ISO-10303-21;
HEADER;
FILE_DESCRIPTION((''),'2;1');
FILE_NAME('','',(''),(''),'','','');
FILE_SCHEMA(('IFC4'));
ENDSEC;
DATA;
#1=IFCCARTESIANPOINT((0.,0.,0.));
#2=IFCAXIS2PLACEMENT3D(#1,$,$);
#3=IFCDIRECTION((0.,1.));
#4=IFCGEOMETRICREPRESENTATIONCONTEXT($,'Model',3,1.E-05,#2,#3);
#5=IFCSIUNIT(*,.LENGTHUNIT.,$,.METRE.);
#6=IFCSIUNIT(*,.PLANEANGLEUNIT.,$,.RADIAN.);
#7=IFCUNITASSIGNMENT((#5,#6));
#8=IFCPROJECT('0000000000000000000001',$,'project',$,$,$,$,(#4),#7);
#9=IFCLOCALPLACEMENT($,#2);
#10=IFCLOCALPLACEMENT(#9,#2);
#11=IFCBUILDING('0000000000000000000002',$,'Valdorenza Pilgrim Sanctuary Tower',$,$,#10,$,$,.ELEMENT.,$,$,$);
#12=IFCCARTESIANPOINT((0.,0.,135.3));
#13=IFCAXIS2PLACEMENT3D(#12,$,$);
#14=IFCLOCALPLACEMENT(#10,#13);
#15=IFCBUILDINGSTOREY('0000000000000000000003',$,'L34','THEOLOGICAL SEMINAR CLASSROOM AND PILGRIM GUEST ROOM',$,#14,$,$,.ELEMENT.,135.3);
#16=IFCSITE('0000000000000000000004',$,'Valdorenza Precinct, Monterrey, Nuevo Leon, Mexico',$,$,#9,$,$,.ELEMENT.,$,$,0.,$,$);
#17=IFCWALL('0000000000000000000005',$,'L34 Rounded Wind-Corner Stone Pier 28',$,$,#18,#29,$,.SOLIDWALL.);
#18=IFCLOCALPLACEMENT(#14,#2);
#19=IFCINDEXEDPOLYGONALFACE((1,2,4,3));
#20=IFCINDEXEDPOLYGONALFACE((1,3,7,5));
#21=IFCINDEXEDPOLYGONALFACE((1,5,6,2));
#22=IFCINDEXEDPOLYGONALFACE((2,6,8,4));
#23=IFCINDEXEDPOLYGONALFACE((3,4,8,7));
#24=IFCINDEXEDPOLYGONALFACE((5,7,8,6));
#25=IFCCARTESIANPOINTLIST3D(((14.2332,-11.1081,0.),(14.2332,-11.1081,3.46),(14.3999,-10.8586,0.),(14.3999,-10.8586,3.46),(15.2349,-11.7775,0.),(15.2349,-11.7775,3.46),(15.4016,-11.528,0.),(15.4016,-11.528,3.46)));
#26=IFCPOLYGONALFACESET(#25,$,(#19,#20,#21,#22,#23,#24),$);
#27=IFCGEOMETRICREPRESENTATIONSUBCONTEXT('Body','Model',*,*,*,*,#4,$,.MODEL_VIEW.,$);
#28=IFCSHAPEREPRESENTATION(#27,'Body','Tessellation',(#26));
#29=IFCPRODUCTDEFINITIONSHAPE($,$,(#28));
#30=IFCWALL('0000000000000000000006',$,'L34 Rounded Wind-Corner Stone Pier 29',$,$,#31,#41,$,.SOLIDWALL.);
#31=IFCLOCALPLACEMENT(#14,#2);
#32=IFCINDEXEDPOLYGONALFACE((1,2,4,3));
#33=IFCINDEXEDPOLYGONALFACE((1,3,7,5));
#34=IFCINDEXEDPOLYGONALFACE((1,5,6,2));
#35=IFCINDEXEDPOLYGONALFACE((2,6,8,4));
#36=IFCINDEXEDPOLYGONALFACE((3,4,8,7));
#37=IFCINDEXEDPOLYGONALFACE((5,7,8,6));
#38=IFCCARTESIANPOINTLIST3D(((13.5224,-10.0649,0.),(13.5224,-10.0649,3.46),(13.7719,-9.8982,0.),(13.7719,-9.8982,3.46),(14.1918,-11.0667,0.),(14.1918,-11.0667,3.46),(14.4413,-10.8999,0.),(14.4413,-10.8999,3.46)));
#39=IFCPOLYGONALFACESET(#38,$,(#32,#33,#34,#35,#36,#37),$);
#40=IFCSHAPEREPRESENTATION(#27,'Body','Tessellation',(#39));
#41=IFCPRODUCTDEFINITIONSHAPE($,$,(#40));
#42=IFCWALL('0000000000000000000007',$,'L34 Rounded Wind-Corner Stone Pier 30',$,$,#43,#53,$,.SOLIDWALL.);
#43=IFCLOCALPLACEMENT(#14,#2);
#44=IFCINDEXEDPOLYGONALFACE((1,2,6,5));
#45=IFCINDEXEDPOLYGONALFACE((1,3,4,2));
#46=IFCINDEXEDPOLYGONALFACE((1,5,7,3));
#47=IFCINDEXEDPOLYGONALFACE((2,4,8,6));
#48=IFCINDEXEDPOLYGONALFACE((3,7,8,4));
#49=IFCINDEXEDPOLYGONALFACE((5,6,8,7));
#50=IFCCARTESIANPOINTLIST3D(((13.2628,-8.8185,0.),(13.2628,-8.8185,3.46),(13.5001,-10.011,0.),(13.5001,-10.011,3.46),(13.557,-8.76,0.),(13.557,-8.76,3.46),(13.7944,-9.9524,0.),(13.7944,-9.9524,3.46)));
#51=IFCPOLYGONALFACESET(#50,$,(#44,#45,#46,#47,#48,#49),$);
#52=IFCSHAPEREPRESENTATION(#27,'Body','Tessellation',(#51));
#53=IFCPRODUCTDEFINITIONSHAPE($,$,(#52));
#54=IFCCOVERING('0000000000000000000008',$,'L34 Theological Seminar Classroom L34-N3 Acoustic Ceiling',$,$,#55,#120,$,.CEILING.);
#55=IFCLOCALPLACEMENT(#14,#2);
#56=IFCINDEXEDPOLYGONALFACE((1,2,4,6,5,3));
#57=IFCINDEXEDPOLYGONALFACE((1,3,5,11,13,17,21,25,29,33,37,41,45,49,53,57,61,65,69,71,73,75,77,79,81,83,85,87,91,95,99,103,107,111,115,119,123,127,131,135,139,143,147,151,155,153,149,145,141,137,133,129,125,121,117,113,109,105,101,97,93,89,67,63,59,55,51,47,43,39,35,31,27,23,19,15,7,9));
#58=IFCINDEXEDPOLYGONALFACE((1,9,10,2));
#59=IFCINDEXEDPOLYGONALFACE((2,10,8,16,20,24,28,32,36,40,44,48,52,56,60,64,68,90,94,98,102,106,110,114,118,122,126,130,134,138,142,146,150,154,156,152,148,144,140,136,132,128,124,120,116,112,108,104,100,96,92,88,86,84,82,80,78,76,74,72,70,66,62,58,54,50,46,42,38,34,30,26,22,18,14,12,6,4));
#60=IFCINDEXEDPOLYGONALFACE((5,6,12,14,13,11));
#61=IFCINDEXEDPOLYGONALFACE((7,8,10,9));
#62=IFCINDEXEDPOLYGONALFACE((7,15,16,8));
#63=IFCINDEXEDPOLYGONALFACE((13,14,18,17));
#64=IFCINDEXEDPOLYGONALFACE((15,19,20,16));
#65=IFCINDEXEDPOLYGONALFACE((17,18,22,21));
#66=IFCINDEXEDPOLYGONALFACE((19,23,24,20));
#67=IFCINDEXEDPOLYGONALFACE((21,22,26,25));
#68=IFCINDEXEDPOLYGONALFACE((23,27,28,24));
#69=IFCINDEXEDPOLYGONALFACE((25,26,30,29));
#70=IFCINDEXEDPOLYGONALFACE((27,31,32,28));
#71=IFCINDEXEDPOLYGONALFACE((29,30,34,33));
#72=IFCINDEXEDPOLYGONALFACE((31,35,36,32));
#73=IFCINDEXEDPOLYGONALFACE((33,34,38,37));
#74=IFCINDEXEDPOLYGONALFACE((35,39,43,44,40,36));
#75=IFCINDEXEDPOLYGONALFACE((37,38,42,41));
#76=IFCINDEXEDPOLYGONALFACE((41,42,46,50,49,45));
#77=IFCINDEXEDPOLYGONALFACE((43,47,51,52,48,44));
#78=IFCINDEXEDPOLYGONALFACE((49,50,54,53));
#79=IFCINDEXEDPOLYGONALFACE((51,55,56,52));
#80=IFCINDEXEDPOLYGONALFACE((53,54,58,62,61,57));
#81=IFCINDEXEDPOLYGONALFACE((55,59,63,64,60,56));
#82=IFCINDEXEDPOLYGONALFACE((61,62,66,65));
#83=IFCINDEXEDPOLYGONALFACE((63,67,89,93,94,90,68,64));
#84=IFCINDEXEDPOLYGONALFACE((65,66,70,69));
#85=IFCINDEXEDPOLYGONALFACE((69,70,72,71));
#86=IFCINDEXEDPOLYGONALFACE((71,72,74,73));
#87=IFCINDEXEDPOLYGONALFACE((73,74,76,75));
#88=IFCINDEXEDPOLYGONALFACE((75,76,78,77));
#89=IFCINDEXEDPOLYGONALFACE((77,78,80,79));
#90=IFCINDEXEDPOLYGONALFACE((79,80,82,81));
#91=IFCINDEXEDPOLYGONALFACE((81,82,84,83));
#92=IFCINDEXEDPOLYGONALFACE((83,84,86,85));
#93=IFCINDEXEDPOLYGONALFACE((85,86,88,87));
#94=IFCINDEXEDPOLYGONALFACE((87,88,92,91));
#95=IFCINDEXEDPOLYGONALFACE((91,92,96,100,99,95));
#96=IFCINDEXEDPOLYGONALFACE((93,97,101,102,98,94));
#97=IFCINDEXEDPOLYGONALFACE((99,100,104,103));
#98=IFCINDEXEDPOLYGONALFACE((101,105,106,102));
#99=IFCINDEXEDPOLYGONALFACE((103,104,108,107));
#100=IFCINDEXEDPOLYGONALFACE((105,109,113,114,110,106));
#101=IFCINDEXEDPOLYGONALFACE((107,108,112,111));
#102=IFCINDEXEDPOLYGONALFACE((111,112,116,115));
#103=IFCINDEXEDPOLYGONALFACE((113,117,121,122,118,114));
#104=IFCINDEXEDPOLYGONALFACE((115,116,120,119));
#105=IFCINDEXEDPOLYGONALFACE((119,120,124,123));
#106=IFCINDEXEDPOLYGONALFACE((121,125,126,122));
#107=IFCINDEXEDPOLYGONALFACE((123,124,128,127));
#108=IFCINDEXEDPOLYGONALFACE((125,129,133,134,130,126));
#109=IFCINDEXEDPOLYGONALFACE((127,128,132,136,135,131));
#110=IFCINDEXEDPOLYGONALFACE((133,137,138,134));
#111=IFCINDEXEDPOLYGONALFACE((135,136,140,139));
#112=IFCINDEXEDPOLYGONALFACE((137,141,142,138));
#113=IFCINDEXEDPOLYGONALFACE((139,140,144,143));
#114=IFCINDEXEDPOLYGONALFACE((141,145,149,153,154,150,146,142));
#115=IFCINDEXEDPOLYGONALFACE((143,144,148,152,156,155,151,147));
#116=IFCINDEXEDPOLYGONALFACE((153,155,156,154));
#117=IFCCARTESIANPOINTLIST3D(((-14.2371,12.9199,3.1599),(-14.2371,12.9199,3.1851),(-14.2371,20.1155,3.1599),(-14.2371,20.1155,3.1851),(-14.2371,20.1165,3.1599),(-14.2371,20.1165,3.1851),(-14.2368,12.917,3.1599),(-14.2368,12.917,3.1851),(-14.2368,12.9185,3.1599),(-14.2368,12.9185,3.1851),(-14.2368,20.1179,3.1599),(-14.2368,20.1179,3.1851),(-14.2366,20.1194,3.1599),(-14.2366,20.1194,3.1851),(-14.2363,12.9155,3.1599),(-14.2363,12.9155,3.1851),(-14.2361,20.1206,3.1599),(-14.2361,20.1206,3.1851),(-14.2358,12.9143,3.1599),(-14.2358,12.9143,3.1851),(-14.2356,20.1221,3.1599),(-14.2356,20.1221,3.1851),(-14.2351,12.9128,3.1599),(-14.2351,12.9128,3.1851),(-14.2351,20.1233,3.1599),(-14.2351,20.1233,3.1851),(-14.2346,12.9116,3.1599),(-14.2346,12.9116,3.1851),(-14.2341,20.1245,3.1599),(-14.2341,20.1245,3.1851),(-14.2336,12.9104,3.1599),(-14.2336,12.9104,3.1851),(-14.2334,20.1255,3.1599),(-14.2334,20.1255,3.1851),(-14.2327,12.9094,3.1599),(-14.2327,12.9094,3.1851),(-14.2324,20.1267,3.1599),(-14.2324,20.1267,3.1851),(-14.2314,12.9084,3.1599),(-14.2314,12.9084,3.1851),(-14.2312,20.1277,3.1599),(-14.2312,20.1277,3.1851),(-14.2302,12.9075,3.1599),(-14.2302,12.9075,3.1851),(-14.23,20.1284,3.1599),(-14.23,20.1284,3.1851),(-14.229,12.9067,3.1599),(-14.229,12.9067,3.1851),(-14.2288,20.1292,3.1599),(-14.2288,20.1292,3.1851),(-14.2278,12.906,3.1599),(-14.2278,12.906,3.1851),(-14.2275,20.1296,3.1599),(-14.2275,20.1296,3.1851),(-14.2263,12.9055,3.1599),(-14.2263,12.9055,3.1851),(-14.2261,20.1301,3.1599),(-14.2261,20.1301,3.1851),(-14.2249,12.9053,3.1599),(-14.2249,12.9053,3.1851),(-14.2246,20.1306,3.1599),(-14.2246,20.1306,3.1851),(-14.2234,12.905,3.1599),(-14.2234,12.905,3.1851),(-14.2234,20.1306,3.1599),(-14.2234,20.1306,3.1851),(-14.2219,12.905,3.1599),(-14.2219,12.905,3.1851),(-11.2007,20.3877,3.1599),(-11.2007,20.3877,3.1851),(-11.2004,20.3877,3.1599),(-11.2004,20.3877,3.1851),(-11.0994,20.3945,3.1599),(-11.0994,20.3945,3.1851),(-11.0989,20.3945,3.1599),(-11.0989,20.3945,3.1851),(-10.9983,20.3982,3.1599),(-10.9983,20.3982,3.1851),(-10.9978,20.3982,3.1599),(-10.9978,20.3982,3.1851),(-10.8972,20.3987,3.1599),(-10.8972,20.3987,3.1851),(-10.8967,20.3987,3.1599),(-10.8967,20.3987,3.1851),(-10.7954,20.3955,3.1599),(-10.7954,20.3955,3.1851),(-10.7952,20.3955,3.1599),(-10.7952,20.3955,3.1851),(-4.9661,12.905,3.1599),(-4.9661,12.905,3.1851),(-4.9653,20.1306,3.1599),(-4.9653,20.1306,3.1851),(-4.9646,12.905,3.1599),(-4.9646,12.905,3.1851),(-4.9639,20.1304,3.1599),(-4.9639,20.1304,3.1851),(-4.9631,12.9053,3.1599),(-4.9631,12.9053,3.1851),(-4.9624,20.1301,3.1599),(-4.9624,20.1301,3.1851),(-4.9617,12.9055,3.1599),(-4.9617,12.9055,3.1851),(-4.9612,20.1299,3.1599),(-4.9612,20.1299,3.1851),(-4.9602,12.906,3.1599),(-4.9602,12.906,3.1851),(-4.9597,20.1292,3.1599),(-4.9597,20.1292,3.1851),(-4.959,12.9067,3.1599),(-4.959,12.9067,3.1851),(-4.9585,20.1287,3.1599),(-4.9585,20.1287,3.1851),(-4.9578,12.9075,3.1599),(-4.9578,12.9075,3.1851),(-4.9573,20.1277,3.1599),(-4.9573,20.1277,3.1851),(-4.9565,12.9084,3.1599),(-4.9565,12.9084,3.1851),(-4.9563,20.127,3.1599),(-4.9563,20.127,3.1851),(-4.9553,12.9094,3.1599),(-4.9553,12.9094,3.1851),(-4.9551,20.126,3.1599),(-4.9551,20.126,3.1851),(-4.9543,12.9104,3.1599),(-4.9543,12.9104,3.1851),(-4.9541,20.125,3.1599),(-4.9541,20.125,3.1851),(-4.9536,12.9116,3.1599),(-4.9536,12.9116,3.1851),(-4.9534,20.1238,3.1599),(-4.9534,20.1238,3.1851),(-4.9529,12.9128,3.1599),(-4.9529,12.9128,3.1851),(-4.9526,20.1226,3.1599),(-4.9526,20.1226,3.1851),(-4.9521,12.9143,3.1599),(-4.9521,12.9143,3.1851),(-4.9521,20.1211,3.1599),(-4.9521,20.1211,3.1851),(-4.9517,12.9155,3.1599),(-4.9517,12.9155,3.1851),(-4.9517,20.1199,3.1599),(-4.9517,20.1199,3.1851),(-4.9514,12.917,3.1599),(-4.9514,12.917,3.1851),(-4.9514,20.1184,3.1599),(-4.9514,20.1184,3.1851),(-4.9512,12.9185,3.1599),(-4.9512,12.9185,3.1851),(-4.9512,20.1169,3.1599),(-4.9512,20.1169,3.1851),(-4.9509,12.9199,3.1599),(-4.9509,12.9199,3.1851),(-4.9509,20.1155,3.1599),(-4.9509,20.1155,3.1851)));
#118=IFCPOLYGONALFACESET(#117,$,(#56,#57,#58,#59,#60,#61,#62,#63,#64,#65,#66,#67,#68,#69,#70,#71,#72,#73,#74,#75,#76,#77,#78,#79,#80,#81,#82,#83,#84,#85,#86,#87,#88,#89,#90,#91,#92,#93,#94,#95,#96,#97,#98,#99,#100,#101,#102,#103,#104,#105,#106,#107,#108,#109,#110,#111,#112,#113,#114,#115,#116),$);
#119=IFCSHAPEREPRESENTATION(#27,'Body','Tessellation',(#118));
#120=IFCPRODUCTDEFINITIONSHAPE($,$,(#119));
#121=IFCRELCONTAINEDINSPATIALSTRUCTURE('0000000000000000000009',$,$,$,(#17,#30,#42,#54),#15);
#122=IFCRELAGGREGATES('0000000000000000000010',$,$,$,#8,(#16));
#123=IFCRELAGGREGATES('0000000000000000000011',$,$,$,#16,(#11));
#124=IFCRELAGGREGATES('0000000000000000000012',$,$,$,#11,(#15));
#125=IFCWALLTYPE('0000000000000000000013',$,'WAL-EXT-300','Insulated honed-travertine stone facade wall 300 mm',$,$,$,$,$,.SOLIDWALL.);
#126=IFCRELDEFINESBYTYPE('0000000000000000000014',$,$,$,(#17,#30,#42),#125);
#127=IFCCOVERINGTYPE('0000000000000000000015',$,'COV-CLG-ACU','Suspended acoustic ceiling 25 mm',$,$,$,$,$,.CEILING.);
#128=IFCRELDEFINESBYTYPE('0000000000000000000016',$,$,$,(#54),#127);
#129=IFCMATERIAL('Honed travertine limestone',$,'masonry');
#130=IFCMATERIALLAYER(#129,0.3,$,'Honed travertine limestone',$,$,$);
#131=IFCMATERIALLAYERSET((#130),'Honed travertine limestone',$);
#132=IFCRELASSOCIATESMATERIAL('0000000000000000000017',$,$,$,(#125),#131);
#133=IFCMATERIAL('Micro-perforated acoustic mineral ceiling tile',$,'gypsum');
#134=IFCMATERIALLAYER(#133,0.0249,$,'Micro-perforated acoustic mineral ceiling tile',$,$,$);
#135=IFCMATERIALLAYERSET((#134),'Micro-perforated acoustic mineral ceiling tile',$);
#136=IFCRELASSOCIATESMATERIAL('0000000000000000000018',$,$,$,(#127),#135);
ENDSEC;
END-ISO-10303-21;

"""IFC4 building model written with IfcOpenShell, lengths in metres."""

from ifc_helpers import new_model, si_unit, direction, frame, frame_2d, origin, place, context, subcontext, project, spatial, polyline, rectangle, outline, extrude, material, layer, layer_set, type_object, element, save


model = new_model("IFC4")

# Units and contexts
model_context = context("Model", 3, precision=1e-05, world=origin(), true_north=direction((0.0, 1.0)))
body_context = subcontext(model_context, "Body", "Model", "MODEL_VIEW")
ifc_project = project(units=[si_unit("LENGTHUNIT", "METRE"), si_unit("PLANEANGLEUNIT", "RADIAN")], contexts=[model_context])

# Site, building, storey
site_placement = place(None, origin())
site = spatial("IfcSite", under=ifc_project, at=site_placement, Name="Valdorenza Precinct, Monterrey, Nuevo Leon, Mexico", CompositionType="ELEMENT", RefElevation=0.0)
building_placement = place(site_placement, origin())
building = spatial("IfcBuilding", under=site, at=building_placement, Name="Valdorenza Pilgrim Sanctuary Tower", CompositionType="ELEMENT")
storey_placement = place(building_placement, frame((0.0, 0.0, 135.3)))
storey = spatial("IfcBuildingStorey", under=building, at=storey_placement, Name="L34", Description="THEOLOGICAL SEMINAR CLASSROOM AND PILGRIM GUEST ROOM", CompositionType="ELEMENT", Elevation=135.3)

# Shared definitions
ifc_material_1 = material(Name="Honed travertine limestone", Category="masonry")

# Walls
ifc_layer_1 = layer(ifc_material_1, 0.3, Name="Honed travertine limestone")
ifc_layer_set_1 = layer_set([ifc_layer_1], Name="Honed travertine limestone")
wall_type_1 = type_object("IfcWallType", Name="WAL-EXT-300", Description="Insulated honed-travertine stone facade wall 300 mm", PredefinedType="SOLIDWALL", material=ifc_layer_set_1)
for number, where, z_axis, x_axis, name in (
    (1, (15.3184, -11.6528, 0.0), (0.0, 0.0, 1.0), (-0.831426, 0.555635, 0.0), "L34 Rounded Wind-Corner Stone Pier 28"),
    (2, (14.3167, -10.9834, 0.0), (0.0, 0.0, 1.0), (-0.555635, 0.831426, 0.0), "L34 Rounded Wind-Corner Stone Pier 29"),
):
    element("IfcWall", number, at=place(storey_placement, frame(where, z_axis=z_axis, x_axis=x_axis)), inside=storey, type_object=wall_type_1, Name=name, PredefinedType="SOLIDWALL", context=body_context, shape_type="SweptSolid", body=[
        extrude(rectangle(XDim=1.2048, YDim=0.3, at=frame_2d((0.6025, 0.0))), origin(), (0.0, 0.0, 1.0), 3.46),
    ])
wall_1_placement = place(storey_placement, frame((13.6472, -9.9817, 0.0), z_axis=(0.0, 0.0, 1.0), x_axis=(-0.195189, 0.980766, 0.0)))
element("IfcWall", 3, at=wall_1_placement, inside=storey, type_object=wall_type_1, Name="L34 Rounded Wind-Corner Stone Pier 30", PredefinedType="SOLIDWALL", context=body_context, shape_type="SweptSolid", body=[
    extrude(rectangle(XDim=1.2158, YDim=0.3, at=frame_2d((0.6079, 0.0))), origin(), (0.0, 0.0, 1.0), 3.46),
])

# Covering
ifc_material_2 = material(Name="Micro-perforated acoustic mineral ceiling tile", Category="gypsum")
ifc_layer_2 = layer(ifc_material_2, 0.0249, Name="Micro-perforated acoustic mineral ceiling tile")
ifc_layer_set_2 = layer_set([ifc_layer_2], Name="Micro-perforated acoustic mineral ceiling tile")
covering_type_1 = type_object("IfcCoveringType", Name="COV-CLG-ACU", Description="Suspended acoustic ceiling 25 mm", PredefinedType="CEILING", material=ifc_layer_set_2)
covering_1_placement = place(storey_placement, frame((0.0, 0.0, 3.1599)))
element("IfcCovering", 4, at=covering_1_placement, inside=storey, type_object=covering_type_1, Name="L34 Theological Seminar Classroom L34-N3 Acoustic Ceiling", PredefinedType="CEILING", context=body_context, shape_type="SweptSolid", body=[
    extrude(outline(polyline([(-14.2371, 20.1155), (-14.2371, 20.1165), (-14.2368, 20.1179), (-14.2366, 20.1194), (-14.2361, 20.1206), (-14.2356, 20.1221), (-14.2351, 20.1233), (-14.2341, 20.1245), (-14.2334, 20.1255), (-14.2324, 20.1267), (-14.2312, 20.1277), (-14.23, 20.1284), (-14.2288, 20.1292), (-14.2275, 20.1296), (-14.2261, 20.1301), (-14.2246, 20.1306), (-14.2234, 20.1306), (-11.2007, 20.3877), (-11.2004, 20.3877), (-11.0994, 20.3945), (-11.0989, 20.3945), (-10.9983, 20.3982), (-10.9978, 20.3982), (-10.8972, 20.3987), (-10.8967, 20.3987), (-10.7954, 20.3955), (-10.7952, 20.3955), (-4.9653, 20.1306), (-4.9639, 20.1304), (-4.9624, 20.1301), (-4.9612, 20.1299), (-4.9597, 20.1292), (-4.9585, 20.1287), (-4.9573, 20.1277), (-4.9563, 20.127), (-4.9551, 20.126), (-4.9541, 20.125), (-4.9534, 20.1238), (-4.9526, 20.1226), (-4.9521, 20.1211), (-4.9517, 20.1199), (-4.9514, 20.1184), (-4.9512, 20.1169), (-4.9509, 20.1155), (-4.9509, 12.9199), (-4.9512, 12.9185), (-4.9514, 12.917), (-4.9517, 12.9155), (-4.9521, 12.9143), (-4.9529, 12.9128), (-4.9536, 12.9116), (-4.9543, 12.9104), (-4.9553, 12.9094), (-4.9565, 12.9084), (-4.9578, 12.9075), (-4.959, 12.9067), (-4.9602, 12.906), (-4.9617, 12.9055), (-4.9631, 12.9053), (-4.9646, 12.905), (-4.9661, 12.905), (-14.2219, 12.905), (-14.2234, 12.905), (-14.2249, 12.9053), (-14.2263, 12.9055), (-14.2278, 12.906), (-14.229, 12.9067), (-14.2302, 12.9075), (-14.2314, 12.9084), (-14.2327, 12.9094), (-14.2336, 12.9104), (-14.2346, 12.9116), (-14.2351, 12.9128), (-14.2358, 12.9143), (-14.2363, 12.9155), (-14.2368, 12.917), (-14.2368, 12.9185), (-14.2371, 12.9199), (-14.2371, 20.1155), (-14.2371, 20.1155)])), origin(), (0.0, 0.0, 1.0), 0.0251),
])

save(model, "model.ifc")
